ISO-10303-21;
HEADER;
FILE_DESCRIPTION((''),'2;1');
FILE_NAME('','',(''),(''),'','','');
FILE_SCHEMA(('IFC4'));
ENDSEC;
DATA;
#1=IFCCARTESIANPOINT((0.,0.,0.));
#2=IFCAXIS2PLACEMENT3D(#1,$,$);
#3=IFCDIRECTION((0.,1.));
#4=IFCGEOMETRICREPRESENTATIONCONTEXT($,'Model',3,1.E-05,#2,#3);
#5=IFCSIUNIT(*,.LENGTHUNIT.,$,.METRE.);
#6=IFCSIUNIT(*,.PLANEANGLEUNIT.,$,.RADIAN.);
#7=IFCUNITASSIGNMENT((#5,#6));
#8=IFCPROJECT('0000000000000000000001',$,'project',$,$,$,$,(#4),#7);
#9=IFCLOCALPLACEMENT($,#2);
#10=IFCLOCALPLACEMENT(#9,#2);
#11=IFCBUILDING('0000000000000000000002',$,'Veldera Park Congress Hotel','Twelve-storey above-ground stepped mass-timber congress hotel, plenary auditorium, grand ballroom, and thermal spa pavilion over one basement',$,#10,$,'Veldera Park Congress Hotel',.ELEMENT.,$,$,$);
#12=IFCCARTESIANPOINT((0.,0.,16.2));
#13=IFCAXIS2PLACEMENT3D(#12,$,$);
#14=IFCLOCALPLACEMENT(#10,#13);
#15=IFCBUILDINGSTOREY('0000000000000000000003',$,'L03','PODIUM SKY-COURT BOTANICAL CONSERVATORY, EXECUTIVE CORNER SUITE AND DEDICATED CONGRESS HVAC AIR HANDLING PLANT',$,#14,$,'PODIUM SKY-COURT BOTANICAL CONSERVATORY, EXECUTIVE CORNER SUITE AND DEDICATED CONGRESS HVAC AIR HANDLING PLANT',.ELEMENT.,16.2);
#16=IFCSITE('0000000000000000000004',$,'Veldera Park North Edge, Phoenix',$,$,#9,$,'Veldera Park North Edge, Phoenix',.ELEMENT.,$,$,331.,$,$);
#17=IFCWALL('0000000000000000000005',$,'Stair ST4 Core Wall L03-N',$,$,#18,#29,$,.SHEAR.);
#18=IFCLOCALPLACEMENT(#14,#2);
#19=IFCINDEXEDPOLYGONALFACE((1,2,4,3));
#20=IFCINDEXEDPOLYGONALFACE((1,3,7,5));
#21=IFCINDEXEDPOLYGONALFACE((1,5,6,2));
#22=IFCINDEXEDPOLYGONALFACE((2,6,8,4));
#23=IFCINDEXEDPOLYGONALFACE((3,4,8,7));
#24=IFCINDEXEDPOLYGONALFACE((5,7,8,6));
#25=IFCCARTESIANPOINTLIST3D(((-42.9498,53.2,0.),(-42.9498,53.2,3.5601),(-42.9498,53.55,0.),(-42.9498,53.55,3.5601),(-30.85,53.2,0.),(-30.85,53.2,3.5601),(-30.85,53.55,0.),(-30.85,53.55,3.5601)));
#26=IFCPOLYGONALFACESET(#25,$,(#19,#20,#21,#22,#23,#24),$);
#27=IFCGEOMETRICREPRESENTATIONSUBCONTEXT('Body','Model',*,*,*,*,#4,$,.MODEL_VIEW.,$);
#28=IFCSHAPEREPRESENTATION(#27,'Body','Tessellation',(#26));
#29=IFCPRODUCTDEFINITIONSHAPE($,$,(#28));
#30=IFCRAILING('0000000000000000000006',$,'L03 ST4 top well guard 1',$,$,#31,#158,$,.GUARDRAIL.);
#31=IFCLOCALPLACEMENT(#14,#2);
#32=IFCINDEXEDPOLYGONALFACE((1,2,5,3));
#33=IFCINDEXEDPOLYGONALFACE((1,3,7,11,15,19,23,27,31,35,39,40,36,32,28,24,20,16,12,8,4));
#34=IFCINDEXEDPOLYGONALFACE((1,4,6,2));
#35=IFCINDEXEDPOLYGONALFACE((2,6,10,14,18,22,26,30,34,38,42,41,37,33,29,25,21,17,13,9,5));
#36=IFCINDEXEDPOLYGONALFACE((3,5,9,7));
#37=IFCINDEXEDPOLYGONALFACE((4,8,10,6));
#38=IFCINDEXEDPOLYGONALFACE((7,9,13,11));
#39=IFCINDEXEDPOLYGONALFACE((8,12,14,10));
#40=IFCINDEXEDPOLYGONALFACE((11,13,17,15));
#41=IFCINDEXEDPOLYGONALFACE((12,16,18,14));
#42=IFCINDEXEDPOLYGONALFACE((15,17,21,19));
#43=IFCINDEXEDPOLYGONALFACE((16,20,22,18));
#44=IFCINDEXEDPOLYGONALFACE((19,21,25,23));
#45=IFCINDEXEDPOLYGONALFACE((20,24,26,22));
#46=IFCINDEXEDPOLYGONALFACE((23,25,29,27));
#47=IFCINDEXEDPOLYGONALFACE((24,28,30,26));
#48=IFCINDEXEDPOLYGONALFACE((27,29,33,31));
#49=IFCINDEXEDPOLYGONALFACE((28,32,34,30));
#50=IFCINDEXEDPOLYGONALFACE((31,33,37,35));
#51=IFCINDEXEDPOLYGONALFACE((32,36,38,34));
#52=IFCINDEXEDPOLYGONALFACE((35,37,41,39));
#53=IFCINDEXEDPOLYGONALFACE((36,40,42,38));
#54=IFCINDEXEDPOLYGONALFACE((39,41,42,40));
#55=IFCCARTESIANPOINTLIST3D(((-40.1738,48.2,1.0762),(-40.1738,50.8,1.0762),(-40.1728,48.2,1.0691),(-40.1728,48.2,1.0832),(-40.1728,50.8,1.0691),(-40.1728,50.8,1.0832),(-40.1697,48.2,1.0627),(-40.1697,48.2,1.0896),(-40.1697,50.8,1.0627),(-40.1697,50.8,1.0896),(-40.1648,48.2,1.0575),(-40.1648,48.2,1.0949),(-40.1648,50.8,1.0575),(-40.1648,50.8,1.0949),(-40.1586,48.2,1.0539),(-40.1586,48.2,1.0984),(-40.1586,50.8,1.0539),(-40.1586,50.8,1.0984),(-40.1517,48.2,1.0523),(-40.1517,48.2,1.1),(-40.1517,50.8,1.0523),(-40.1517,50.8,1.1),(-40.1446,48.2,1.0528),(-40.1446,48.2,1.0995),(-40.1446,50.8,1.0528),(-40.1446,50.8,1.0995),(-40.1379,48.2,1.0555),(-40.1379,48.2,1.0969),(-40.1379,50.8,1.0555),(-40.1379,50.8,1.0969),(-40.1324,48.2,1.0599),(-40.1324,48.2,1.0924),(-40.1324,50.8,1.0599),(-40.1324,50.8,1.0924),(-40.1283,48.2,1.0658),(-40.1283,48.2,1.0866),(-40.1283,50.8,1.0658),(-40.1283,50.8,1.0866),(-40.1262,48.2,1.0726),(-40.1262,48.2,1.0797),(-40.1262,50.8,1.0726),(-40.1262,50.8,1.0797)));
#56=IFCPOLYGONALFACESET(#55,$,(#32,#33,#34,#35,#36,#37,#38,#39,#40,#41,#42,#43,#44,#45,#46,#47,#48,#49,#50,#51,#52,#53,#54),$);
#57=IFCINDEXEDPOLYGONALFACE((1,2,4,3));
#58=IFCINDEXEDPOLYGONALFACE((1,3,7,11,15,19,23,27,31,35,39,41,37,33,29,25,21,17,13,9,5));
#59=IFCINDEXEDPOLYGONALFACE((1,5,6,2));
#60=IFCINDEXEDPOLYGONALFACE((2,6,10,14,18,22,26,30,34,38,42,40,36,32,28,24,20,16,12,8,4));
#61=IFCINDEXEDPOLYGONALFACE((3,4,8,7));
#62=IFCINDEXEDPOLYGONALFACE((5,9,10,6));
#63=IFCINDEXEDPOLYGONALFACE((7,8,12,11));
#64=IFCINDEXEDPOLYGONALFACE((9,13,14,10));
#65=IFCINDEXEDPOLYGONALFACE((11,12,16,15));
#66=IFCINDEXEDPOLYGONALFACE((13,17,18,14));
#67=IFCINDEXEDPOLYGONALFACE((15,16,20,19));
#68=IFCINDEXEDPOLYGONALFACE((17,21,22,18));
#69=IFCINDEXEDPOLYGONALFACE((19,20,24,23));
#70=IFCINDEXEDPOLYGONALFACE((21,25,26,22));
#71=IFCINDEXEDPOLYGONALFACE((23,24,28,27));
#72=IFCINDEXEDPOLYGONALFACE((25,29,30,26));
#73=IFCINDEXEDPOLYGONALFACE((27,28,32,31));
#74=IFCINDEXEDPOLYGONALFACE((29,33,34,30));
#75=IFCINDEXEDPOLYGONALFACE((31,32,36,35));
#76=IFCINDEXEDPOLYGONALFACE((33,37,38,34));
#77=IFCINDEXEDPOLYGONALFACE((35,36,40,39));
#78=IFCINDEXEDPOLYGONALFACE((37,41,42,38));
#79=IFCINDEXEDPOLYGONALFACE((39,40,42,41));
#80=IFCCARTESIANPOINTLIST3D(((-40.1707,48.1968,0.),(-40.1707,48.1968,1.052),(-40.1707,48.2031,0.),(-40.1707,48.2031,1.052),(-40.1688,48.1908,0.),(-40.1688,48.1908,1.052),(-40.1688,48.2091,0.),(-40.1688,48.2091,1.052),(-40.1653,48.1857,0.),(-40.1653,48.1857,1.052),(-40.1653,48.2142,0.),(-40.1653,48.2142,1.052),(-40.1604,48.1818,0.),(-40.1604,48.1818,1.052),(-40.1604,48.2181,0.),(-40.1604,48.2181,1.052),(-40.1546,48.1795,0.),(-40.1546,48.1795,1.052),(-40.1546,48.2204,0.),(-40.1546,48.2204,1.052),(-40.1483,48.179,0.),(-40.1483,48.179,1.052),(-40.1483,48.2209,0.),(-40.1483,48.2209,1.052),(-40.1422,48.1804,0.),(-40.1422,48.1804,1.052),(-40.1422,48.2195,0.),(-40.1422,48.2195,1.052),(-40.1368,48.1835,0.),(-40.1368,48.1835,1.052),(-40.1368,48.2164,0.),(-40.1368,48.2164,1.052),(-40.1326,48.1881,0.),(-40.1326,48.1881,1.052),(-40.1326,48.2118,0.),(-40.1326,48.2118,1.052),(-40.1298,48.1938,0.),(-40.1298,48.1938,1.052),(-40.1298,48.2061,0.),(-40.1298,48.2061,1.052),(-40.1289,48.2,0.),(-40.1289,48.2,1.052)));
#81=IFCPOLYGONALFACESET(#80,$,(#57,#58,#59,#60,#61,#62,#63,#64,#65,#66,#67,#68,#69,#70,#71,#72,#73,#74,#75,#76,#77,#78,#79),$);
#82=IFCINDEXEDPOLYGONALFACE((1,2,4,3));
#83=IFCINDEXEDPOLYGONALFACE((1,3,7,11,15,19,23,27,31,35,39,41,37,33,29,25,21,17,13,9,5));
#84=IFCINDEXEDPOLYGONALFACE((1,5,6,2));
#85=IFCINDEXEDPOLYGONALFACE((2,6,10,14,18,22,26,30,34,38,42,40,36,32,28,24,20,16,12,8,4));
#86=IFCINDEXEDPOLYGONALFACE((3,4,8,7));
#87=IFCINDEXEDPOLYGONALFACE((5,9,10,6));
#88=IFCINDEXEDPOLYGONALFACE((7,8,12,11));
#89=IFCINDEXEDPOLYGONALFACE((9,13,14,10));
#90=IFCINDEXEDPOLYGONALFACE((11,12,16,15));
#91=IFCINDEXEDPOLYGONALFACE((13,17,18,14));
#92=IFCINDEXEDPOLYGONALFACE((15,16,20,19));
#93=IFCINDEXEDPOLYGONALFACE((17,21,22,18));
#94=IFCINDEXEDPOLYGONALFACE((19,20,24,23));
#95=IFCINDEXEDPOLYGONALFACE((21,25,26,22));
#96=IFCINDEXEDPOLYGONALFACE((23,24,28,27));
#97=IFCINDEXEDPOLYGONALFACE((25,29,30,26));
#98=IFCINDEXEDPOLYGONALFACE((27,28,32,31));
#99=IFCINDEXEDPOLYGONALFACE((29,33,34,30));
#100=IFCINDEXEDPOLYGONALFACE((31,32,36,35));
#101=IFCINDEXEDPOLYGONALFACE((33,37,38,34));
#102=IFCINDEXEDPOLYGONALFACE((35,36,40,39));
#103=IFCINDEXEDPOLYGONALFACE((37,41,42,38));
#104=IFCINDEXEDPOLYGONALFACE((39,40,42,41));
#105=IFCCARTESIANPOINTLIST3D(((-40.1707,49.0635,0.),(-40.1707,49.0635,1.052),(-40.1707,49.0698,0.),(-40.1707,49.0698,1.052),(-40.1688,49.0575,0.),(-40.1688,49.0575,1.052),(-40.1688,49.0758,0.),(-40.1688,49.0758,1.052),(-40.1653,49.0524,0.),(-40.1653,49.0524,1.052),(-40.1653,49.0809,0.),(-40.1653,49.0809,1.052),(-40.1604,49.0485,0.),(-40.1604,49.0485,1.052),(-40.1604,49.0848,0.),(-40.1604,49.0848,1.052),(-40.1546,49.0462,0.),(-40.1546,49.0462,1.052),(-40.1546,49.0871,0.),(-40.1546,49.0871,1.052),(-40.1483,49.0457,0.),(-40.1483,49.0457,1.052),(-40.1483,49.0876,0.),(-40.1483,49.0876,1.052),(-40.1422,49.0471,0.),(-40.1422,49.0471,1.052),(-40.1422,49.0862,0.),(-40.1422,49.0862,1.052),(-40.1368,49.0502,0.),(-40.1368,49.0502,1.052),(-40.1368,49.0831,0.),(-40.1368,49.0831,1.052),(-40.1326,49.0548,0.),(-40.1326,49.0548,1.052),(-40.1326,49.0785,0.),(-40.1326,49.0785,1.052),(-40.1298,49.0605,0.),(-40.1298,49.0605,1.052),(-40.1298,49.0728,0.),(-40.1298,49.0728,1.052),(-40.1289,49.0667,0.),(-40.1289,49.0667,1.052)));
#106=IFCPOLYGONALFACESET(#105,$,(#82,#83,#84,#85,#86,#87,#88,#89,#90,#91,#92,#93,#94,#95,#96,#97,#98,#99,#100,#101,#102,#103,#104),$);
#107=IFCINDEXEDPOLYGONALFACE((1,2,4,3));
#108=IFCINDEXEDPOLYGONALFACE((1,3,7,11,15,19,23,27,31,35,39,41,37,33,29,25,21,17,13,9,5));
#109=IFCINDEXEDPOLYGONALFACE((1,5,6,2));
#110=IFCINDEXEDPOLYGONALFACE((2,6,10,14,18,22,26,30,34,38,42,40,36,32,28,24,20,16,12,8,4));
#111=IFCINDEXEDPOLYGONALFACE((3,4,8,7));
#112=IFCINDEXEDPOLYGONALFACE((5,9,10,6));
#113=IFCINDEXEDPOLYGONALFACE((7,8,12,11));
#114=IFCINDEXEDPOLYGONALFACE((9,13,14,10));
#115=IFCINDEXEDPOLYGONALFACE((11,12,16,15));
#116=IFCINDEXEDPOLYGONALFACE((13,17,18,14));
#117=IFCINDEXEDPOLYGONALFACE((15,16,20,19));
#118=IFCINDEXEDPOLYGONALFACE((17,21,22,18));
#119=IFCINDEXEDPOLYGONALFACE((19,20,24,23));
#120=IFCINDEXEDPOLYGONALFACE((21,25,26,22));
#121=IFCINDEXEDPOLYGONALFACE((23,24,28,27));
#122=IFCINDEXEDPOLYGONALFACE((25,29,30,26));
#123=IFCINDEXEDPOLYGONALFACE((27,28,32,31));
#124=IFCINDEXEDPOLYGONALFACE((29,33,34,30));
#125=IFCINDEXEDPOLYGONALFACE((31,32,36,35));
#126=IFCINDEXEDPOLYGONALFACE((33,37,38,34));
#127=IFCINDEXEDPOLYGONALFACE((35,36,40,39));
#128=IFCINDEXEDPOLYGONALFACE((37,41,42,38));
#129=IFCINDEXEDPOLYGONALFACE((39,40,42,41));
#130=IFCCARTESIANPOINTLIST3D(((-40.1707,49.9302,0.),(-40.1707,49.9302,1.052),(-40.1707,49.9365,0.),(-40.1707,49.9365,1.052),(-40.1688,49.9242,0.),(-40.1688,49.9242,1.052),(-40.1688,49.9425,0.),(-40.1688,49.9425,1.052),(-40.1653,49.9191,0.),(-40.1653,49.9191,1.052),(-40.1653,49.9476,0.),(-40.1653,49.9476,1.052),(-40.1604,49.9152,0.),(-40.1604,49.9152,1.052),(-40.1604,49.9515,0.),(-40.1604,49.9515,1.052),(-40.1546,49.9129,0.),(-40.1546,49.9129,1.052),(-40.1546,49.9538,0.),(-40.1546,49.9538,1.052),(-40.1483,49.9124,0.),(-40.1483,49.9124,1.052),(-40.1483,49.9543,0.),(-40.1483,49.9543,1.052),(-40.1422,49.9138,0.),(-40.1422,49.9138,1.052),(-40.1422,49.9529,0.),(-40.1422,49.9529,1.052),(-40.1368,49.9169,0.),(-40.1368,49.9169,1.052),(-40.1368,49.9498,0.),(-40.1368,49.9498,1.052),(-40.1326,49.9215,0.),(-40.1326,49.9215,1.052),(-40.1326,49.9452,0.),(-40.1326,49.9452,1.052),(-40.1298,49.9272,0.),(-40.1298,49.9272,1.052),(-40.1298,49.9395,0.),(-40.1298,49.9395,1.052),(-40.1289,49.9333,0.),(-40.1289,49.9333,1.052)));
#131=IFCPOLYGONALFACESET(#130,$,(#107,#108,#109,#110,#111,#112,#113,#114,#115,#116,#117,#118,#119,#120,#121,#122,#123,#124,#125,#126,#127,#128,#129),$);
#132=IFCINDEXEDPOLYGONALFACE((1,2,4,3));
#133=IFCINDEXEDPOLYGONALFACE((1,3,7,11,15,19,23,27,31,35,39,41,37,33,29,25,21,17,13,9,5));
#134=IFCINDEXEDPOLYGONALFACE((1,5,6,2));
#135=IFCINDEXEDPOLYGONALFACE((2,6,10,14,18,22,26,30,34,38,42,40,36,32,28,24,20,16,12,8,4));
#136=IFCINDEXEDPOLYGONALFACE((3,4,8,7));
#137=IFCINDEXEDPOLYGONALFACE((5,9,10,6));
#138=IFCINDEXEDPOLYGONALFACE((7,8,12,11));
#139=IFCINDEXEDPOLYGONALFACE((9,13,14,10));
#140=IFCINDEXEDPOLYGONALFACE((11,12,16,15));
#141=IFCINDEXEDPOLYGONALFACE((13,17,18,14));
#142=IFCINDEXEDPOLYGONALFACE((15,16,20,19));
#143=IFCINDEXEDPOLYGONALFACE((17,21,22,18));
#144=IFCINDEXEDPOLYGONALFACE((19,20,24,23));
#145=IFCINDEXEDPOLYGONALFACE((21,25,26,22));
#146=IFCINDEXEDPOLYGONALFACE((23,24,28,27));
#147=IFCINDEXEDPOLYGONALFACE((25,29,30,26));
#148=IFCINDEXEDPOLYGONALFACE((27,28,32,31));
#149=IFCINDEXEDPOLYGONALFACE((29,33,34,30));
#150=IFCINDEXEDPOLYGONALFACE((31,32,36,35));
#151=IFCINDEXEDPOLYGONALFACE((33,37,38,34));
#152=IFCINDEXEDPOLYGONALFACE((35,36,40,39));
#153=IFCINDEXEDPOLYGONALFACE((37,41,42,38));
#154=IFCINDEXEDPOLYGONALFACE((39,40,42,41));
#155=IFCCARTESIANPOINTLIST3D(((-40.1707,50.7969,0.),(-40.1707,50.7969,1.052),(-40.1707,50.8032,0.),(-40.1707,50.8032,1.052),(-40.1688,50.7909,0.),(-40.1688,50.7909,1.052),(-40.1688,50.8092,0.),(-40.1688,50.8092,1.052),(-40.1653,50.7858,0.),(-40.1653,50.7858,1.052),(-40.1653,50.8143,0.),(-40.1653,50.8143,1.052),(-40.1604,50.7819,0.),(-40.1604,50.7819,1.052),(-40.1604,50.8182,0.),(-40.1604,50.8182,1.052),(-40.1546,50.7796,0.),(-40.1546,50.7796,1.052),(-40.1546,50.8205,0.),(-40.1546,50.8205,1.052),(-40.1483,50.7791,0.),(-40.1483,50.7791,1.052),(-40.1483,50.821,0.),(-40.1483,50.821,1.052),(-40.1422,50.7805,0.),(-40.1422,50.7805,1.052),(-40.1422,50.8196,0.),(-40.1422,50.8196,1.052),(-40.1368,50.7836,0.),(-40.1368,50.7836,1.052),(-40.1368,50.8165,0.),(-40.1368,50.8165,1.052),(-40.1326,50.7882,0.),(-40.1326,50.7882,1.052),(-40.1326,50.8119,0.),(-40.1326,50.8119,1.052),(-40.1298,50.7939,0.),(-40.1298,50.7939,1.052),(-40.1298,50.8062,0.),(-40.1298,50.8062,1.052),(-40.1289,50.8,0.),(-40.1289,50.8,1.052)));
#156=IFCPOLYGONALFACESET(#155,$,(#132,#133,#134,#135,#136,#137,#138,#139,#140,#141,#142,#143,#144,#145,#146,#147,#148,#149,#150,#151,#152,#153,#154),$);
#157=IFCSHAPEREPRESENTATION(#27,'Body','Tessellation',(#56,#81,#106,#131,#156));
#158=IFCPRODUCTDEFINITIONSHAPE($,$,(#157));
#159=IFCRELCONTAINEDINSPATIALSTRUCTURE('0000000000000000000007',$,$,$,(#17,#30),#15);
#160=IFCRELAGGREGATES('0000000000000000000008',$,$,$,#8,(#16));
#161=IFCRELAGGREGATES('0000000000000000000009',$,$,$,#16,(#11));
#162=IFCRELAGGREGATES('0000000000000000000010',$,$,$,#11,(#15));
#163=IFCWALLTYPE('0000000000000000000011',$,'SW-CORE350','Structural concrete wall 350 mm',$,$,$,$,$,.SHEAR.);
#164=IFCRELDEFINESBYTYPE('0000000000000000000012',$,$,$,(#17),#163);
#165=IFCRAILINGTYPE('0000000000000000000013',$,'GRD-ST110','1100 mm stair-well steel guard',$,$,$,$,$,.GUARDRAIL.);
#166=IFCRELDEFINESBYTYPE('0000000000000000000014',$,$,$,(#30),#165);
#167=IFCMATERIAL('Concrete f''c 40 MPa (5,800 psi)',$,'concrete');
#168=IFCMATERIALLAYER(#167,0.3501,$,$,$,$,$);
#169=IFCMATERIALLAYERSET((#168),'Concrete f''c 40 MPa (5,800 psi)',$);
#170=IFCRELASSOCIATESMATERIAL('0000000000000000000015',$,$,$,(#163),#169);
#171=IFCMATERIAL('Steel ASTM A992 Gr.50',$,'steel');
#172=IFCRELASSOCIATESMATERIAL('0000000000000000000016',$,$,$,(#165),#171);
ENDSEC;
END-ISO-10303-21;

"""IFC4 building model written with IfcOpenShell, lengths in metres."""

from ifc_helpers import new_model, si_unit, direction, frame, frame_2d, origin, origin_2d, place, context, subcontext, project, spatial, rectangle, circle, extrude, material, layer, layer_set, type_object, element, save


model = new_model("IFC4")

# Units and contexts
model_context = context("Model", 3, precision=1e-05, world=origin(), true_north=direction((0.0, 1.0)))
body_context = subcontext(model_context, "Body", "Model", "MODEL_VIEW")
ifc_project = project(units=[si_unit("LENGTHUNIT", "METRE"), si_unit("PLANEANGLEUNIT", "RADIAN")], contexts=[model_context])

# Site, building, storey
site_placement = place(None, origin())
site = spatial("IfcSite", under=ifc_project, at=site_placement, Name="Veldera Park North Edge, Phoenix", LongName="Veldera Park North Edge, Phoenix", CompositionType="ELEMENT", RefElevation=331.0)
building_placement = place(site_placement, origin())
building = spatial("IfcBuilding", under=site, at=building_placement, Name="Veldera Park Congress Hotel", Description="Twelve-storey above-ground stepped mass-timber congress hotel, plenary auditorium, grand ballroom, and thermal spa pavilion over one basement", LongName="Veldera Park Congress Hotel", CompositionType="ELEMENT")
storey_placement = place(building_placement, frame((0.0, 0.0, 16.2)))
storey = spatial("IfcBuildingStorey", under=building, at=storey_placement, Name="L03", Description="PODIUM SKY-COURT BOTANICAL CONSERVATORY, EXECUTIVE CORNER SUITE AND DEDICATED CONGRESS HVAC AIR HANDLING PLANT", LongName="PODIUM SKY-COURT BOTANICAL CONSERVATORY, EXECUTIVE CORNER SUITE AND DEDICATED CONGRESS HVAC AIR HANDLING PLANT", CompositionType="ELEMENT", Elevation=16.2)

# Shared definitions
ifc_material_1 = material(Name="Concrete f'c 40 MPa (5,800 psi)", Category="concrete")

# Wall
ifc_layer_1 = layer(ifc_material_1, 0.3501)
ifc_layer_set_1 = layer_set([ifc_layer_1], Name="Concrete f'c 40 MPa (5,800 psi)")
wall_type_1 = type_object("IfcWallType", Name="SW-CORE350", Description="Structural concrete wall 350 mm", PredefinedType="SHEAR", material=ifc_layer_set_1)
wall_1_placement = place(storey_placement, frame((-30.8501, 53.375, 0.0), z_axis=(0.0, 0.0, 1.0), x_axis=(-1.0, 0.0, 0.0)))
element("IfcWall", 1, at=wall_1_placement, inside=storey, type_object=wall_type_1, Name="Stair ST4 Core Wall L03-N", PredefinedType="SHEAR", context=body_context, shape_type="SweptSolid", body=[
    extrude(rectangle(XDim=12.0999, YDim=0.3501, at=frame_2d((6.0498, 0.0))), origin(), (0.0, 0.0, 1.0), 3.5601),
])

# Railing
ifc_material_2 = material(Name="Steel ASTM A992 Gr.50", Category="steel")
railing_type = type_object("IfcRailingType", Name="GRD-ST110", Description="1100 mm stair-well steel guard", PredefinedType="GUARDRAIL", material=ifc_material_2)
railing_placement = place(storey_placement, frame((-40.1499, 48.2, 0.0)))
element("IfcRailing", 2, at=railing_placement, inside=storey, type_object=railing_type, Name="L03 ST4 top well guard 1", PredefinedType="GUARDRAIL", context=body_context, shape_type="SweptSolid", body=[
    extrude(circle(Radius=0.0239, at=origin_2d()), frame((0.0, 0.0, 1.0762), z_axis=(0.0, 1.0, 0.0), x_axis=(-1.0, 0.0, 0.0)), (0.0, 0.0, 1.0), 2.6001),
    extrude(circle(Radius=0.021, at=origin_2d()), origin(), (0.0, 0.0, 1.0), 1.052),
    extrude(circle(Radius=0.021, at=origin_2d()), frame((0.0, 0.8667, 0.0)), (0.0, 0.0, 1.0), 1.052),
    extrude(circle(Radius=0.021, at=origin_2d()), frame((0.0, 1.7334, 0.0)), (0.0, 0.0, 1.0), 1.052),
    extrude(circle(Radius=0.021, at=origin_2d()), frame((0.0, 2.6001, 0.0)), (0.0, 0.0, 1.0), 1.052),
])

save(model, "model.ifc")
